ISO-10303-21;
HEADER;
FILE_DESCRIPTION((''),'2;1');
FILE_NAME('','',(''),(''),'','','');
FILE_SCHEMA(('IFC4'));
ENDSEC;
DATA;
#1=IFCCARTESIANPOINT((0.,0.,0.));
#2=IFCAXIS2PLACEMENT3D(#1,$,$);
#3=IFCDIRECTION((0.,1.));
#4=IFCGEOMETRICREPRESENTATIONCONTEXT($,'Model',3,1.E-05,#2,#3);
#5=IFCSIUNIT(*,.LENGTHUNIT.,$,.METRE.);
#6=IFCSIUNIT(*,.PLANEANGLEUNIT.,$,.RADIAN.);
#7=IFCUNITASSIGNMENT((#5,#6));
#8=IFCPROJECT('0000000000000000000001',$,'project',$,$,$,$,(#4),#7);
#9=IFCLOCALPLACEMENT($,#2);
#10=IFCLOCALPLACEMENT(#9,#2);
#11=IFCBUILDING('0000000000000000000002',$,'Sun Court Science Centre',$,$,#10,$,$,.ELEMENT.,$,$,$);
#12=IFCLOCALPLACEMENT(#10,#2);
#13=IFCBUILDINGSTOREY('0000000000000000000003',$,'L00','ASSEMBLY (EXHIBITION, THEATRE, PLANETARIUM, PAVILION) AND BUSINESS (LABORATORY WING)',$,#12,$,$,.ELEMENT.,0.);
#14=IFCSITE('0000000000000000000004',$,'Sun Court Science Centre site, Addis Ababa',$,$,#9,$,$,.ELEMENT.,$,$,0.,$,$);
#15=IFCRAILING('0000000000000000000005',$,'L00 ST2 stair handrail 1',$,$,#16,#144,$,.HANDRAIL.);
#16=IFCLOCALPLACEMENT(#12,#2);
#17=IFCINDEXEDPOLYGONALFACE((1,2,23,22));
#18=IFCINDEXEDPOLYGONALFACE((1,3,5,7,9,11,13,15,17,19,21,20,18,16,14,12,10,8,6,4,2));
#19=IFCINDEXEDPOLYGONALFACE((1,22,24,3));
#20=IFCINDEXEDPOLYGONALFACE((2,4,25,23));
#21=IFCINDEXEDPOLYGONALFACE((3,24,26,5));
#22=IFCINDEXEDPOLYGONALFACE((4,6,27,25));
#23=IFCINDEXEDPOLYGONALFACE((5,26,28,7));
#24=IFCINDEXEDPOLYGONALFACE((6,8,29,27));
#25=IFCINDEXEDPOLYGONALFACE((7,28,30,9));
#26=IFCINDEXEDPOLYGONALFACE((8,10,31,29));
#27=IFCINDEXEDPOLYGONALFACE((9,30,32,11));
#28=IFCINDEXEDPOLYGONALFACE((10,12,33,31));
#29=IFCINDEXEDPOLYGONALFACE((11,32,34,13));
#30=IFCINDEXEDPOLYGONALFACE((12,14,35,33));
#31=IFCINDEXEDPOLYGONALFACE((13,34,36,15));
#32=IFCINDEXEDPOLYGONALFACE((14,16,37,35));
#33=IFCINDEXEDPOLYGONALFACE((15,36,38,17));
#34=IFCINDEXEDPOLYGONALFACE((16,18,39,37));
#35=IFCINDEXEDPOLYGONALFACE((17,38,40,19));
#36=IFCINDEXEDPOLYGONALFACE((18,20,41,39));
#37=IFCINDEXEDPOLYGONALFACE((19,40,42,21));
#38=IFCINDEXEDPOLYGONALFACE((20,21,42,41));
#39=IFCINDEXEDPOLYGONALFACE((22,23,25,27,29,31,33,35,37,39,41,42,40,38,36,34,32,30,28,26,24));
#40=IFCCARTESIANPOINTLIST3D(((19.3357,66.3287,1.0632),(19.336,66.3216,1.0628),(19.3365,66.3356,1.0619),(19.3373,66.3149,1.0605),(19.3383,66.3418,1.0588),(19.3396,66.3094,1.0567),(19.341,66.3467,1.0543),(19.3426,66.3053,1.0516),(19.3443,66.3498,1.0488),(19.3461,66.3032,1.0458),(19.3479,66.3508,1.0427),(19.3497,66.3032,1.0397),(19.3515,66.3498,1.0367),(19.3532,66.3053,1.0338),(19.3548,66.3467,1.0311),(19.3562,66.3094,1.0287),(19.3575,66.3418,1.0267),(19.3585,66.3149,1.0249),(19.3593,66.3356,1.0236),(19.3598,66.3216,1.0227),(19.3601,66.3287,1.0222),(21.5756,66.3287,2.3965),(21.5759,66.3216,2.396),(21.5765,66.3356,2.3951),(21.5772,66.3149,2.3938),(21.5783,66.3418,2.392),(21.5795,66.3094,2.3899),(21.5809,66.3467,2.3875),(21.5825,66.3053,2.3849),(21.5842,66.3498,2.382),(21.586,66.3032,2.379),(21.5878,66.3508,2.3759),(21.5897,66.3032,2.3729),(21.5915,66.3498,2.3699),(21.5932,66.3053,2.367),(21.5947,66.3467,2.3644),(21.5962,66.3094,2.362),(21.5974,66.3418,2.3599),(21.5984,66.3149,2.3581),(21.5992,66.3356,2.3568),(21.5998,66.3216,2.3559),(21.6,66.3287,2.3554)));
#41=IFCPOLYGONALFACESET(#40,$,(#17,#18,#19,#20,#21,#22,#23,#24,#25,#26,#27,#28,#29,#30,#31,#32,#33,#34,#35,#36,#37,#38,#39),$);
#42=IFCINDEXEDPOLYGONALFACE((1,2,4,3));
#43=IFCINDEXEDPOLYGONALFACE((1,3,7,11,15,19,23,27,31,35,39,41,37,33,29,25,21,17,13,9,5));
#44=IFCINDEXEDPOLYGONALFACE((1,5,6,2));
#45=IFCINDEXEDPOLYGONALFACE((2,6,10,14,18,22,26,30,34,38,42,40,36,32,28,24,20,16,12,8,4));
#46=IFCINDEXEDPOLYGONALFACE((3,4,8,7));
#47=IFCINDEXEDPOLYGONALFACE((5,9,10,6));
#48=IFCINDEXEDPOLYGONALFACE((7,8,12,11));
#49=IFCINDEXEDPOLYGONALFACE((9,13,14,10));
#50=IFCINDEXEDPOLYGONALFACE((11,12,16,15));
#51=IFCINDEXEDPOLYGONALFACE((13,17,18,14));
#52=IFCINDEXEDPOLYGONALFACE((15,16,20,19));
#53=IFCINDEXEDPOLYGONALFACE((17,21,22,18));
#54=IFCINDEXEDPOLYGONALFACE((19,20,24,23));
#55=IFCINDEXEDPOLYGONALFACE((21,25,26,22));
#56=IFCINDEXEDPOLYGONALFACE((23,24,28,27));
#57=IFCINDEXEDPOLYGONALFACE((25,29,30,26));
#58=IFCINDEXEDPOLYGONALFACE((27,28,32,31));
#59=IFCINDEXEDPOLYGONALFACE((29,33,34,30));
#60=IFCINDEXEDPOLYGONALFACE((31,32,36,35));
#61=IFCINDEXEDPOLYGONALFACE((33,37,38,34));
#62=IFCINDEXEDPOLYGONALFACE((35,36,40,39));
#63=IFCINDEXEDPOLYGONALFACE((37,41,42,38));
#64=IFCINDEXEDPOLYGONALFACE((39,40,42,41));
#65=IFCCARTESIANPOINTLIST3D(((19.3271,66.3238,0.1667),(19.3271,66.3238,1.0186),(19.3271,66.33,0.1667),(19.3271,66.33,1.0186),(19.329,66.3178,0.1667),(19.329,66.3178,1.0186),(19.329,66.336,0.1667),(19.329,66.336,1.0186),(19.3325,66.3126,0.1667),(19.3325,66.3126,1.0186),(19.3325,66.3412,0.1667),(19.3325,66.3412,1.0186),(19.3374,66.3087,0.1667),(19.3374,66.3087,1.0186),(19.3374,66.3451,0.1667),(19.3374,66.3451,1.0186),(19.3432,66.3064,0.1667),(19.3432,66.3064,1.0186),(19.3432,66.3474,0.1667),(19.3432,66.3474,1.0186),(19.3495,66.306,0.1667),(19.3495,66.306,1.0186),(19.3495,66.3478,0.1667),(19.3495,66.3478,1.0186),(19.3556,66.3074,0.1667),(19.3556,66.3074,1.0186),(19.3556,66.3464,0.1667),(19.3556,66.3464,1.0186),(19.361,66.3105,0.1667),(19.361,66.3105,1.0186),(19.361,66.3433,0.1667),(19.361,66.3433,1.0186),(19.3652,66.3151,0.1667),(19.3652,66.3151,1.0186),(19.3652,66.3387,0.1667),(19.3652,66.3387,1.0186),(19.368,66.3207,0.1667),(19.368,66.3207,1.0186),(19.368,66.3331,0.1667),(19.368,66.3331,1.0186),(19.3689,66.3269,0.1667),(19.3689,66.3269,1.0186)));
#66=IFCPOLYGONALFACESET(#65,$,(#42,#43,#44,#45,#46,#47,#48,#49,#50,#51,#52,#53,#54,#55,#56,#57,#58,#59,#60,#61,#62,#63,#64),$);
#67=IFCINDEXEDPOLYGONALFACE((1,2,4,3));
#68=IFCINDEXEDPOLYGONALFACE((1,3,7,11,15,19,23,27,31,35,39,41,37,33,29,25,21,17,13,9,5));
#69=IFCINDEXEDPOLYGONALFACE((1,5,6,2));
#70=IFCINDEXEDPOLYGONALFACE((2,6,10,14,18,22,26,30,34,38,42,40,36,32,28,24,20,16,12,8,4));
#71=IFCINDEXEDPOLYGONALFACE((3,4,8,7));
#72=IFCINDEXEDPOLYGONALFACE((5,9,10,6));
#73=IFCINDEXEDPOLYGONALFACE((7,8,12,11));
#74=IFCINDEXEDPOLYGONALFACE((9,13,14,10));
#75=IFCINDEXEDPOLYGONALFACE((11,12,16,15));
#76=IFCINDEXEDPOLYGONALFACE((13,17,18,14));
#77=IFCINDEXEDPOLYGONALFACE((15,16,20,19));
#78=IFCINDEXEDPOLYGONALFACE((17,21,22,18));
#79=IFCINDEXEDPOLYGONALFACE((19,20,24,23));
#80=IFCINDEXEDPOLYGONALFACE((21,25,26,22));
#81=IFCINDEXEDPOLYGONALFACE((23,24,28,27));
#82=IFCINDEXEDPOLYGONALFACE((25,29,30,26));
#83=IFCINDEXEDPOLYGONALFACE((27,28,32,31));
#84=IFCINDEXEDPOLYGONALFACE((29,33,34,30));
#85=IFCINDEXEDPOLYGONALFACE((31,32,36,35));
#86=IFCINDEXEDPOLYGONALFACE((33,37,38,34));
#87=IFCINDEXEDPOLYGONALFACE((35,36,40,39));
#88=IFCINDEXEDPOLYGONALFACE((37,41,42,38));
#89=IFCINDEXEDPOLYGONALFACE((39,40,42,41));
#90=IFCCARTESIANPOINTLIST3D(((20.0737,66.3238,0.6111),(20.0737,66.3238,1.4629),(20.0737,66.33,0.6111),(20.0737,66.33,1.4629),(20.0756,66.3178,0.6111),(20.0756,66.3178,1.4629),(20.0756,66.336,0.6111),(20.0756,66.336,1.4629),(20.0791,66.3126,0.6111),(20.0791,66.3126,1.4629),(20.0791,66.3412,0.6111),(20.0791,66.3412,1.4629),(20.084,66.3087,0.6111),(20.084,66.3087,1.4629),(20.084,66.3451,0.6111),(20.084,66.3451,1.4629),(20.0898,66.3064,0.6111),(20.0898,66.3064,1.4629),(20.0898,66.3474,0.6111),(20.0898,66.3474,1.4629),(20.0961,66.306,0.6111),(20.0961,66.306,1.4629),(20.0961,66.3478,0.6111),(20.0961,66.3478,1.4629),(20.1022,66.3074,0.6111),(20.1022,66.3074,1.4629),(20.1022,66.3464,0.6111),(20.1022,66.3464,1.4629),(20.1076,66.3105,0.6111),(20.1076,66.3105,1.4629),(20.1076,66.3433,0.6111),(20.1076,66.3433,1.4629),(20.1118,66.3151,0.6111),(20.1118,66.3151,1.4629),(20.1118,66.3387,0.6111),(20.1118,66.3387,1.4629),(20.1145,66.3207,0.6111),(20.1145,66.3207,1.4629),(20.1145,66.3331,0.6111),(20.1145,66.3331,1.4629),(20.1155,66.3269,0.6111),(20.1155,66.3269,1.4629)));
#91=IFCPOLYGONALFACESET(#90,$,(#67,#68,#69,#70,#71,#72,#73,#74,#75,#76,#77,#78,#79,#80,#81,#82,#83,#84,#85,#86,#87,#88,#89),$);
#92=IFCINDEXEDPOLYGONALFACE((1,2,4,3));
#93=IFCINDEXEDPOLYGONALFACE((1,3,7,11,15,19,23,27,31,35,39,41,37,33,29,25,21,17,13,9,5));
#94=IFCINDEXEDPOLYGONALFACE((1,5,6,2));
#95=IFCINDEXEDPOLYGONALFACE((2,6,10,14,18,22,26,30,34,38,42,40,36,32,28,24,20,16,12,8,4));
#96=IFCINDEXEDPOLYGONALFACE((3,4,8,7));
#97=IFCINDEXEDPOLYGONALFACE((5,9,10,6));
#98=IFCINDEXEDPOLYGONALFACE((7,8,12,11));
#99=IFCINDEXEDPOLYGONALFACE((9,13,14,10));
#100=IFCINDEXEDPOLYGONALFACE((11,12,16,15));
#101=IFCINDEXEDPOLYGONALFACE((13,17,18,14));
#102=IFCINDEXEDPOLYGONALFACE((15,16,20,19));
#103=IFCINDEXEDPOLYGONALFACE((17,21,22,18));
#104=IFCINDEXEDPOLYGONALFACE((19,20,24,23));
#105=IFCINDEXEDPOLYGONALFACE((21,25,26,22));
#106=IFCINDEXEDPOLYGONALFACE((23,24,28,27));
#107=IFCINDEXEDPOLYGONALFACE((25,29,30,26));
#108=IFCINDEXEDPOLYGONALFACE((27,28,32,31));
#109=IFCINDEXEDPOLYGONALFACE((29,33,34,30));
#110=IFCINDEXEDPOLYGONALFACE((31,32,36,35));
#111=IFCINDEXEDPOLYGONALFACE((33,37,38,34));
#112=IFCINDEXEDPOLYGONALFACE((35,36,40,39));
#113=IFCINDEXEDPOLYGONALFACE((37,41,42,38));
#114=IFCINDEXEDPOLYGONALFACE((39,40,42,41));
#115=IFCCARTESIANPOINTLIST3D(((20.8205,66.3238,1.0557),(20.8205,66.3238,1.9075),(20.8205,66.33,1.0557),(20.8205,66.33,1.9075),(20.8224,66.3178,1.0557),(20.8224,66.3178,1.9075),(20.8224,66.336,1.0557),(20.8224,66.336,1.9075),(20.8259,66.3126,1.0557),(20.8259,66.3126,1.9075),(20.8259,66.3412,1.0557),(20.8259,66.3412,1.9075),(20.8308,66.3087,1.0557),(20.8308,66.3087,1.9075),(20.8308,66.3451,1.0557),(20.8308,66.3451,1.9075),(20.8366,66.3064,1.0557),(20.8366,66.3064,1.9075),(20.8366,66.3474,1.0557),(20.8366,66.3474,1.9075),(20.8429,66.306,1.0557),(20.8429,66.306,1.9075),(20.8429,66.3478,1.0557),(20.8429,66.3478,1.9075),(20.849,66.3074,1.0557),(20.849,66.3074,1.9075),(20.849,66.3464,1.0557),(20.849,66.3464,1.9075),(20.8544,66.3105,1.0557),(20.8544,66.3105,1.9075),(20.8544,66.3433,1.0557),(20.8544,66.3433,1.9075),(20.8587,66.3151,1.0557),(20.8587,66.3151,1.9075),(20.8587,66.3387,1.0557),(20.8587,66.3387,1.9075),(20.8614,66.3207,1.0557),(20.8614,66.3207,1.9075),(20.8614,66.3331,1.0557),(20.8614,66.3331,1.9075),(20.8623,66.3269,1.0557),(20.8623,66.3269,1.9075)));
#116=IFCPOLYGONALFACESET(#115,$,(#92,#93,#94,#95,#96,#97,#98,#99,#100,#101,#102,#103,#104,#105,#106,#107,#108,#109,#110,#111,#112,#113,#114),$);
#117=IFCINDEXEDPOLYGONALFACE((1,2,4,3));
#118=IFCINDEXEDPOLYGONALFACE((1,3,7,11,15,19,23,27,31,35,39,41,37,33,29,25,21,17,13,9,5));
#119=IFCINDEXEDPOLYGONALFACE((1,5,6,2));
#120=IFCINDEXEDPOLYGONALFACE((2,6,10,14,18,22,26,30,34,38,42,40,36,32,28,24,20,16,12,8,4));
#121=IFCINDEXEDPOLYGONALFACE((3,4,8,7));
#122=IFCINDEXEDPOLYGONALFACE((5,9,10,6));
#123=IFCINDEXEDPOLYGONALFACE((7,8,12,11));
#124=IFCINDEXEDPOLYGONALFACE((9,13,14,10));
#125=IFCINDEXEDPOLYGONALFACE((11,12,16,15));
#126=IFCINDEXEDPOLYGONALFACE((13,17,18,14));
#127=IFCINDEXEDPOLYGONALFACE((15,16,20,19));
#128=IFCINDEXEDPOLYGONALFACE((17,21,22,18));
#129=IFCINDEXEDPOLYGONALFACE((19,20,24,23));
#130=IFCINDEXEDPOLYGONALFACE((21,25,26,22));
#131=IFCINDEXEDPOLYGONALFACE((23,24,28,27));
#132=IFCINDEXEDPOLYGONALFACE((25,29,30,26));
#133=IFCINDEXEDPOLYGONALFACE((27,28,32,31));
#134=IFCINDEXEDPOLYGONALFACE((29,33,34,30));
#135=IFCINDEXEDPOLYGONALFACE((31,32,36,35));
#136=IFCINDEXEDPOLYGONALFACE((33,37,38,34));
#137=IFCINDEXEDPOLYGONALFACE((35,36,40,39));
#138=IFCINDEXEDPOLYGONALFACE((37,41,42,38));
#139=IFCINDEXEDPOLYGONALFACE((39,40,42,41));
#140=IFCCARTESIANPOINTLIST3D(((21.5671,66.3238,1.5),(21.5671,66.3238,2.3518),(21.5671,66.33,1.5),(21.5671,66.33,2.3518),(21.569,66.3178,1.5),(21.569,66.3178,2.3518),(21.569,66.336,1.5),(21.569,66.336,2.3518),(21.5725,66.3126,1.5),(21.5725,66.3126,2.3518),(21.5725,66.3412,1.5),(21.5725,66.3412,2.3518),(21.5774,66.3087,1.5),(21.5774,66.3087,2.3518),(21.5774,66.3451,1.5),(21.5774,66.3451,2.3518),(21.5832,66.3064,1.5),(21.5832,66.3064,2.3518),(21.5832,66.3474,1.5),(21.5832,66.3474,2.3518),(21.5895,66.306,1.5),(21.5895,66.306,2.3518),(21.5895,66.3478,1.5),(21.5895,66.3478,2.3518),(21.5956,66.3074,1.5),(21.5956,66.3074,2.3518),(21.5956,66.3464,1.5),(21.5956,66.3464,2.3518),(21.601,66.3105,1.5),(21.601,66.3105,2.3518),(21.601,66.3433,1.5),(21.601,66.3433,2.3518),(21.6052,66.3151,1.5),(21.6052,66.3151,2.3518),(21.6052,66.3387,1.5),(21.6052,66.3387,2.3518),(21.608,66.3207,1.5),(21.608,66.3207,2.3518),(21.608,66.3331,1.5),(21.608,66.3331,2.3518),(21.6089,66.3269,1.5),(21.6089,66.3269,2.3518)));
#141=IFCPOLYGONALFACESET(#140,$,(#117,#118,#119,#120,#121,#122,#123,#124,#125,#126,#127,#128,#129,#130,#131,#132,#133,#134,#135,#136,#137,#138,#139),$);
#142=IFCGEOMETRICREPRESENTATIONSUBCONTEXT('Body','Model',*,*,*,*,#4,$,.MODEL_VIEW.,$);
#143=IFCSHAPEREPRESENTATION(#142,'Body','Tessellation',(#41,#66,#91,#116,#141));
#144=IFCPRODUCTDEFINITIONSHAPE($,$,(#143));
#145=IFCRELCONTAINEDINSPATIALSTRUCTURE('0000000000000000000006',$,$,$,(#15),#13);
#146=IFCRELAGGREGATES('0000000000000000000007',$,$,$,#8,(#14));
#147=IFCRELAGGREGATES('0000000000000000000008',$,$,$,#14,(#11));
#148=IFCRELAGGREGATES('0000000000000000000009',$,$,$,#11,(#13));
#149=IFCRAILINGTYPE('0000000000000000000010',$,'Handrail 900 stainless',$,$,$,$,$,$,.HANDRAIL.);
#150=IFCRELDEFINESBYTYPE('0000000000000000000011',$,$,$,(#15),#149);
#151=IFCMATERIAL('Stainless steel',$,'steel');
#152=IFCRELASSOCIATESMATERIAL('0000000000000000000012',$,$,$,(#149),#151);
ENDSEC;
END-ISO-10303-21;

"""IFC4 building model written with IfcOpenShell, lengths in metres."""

from ifc_helpers import new_model, si_unit, direction, frame, origin, origin_2d, place, context, subcontext, project, spatial, circle, extrude, material, type_object, element, save


model = new_model("IFC4")

# Units and contexts
model_context = context("Model", 3, precision=1e-05, world=origin(), true_north=direction((0.0, 1.0)))
body_context = subcontext(model_context, "Body", "Model", "MODEL_VIEW")
ifc_project = project(units=[si_unit("LENGTHUNIT", "METRE"), si_unit("PLANEANGLEUNIT", "RADIAN")], contexts=[model_context])

# Site, building, storey
site_placement = place(None, origin())
site = spatial("IfcSite", under=ifc_project, at=site_placement, Name="Sun Court Science Centre site, Addis Ababa", CompositionType="ELEMENT", RefElevation=0.0)
building_placement = place(site_placement, origin())
building = spatial("IfcBuilding", under=site, at=building_placement, Name="Sun Court Science Centre", CompositionType="ELEMENT")
storey_placement = place(building_placement, origin())
storey = spatial("IfcBuildingStorey", under=building, at=storey_placement, Name="L00", Description="ASSEMBLY (EXHIBITION, THEATRE, PLANETARIUM, PAVILION) AND BUSINESS (LABORATORY WING)", CompositionType="ELEMENT", Elevation=0.0)

# Railing
ifc_material_1 = material(Name="Stainless steel", Category="steel")
railing_type_1 = type_object("IfcRailingType", Name="Handrail 900 stainless", PredefinedType="HANDRAIL", material=ifc_material_1)
for number, where, name in (
    (1, (19.3479, 66.3269, 0.1667), "L00 ST2 stair handrail 1"),
):
    element("IfcRailing", number, at=place(storey_placement, frame(where)), inside=storey, type_object=railing_type_1, Name=name, PredefinedType="HANDRAIL", context=body_context, shape_type="SweptSolid", body=[
        extrude(circle(Radius=0.0239, at=origin_2d()), frame((0.0, 0.0, 0.876), z_axis=(0.859306, 0.0, 0.511462), x_axis=(0.0, 1.0, 0.0)), (0.0, 0.0, 1.0), 2.6067),
        extrude(circle(Radius=0.021, at=origin_2d()), origin(), (0.0, 0.0, 1.0), 0.8518),
        extrude(circle(Radius=0.021, at=origin_2d()), frame((0.7466, 0.0, 0.4443)), (0.0, 0.0, 1.0), 0.8518),
        extrude(circle(Radius=0.021, at=origin_2d()), frame((1.4934, 0.0, 0.8889)), (0.0, 0.0, 1.0), 0.8518),
        extrude(circle(Radius=0.021, at=origin_2d()), frame((2.24, 0.0, 1.3333)), (0.0, 0.0, 1.0), 0.8518),
    ])

save(model, "model.ifc")
